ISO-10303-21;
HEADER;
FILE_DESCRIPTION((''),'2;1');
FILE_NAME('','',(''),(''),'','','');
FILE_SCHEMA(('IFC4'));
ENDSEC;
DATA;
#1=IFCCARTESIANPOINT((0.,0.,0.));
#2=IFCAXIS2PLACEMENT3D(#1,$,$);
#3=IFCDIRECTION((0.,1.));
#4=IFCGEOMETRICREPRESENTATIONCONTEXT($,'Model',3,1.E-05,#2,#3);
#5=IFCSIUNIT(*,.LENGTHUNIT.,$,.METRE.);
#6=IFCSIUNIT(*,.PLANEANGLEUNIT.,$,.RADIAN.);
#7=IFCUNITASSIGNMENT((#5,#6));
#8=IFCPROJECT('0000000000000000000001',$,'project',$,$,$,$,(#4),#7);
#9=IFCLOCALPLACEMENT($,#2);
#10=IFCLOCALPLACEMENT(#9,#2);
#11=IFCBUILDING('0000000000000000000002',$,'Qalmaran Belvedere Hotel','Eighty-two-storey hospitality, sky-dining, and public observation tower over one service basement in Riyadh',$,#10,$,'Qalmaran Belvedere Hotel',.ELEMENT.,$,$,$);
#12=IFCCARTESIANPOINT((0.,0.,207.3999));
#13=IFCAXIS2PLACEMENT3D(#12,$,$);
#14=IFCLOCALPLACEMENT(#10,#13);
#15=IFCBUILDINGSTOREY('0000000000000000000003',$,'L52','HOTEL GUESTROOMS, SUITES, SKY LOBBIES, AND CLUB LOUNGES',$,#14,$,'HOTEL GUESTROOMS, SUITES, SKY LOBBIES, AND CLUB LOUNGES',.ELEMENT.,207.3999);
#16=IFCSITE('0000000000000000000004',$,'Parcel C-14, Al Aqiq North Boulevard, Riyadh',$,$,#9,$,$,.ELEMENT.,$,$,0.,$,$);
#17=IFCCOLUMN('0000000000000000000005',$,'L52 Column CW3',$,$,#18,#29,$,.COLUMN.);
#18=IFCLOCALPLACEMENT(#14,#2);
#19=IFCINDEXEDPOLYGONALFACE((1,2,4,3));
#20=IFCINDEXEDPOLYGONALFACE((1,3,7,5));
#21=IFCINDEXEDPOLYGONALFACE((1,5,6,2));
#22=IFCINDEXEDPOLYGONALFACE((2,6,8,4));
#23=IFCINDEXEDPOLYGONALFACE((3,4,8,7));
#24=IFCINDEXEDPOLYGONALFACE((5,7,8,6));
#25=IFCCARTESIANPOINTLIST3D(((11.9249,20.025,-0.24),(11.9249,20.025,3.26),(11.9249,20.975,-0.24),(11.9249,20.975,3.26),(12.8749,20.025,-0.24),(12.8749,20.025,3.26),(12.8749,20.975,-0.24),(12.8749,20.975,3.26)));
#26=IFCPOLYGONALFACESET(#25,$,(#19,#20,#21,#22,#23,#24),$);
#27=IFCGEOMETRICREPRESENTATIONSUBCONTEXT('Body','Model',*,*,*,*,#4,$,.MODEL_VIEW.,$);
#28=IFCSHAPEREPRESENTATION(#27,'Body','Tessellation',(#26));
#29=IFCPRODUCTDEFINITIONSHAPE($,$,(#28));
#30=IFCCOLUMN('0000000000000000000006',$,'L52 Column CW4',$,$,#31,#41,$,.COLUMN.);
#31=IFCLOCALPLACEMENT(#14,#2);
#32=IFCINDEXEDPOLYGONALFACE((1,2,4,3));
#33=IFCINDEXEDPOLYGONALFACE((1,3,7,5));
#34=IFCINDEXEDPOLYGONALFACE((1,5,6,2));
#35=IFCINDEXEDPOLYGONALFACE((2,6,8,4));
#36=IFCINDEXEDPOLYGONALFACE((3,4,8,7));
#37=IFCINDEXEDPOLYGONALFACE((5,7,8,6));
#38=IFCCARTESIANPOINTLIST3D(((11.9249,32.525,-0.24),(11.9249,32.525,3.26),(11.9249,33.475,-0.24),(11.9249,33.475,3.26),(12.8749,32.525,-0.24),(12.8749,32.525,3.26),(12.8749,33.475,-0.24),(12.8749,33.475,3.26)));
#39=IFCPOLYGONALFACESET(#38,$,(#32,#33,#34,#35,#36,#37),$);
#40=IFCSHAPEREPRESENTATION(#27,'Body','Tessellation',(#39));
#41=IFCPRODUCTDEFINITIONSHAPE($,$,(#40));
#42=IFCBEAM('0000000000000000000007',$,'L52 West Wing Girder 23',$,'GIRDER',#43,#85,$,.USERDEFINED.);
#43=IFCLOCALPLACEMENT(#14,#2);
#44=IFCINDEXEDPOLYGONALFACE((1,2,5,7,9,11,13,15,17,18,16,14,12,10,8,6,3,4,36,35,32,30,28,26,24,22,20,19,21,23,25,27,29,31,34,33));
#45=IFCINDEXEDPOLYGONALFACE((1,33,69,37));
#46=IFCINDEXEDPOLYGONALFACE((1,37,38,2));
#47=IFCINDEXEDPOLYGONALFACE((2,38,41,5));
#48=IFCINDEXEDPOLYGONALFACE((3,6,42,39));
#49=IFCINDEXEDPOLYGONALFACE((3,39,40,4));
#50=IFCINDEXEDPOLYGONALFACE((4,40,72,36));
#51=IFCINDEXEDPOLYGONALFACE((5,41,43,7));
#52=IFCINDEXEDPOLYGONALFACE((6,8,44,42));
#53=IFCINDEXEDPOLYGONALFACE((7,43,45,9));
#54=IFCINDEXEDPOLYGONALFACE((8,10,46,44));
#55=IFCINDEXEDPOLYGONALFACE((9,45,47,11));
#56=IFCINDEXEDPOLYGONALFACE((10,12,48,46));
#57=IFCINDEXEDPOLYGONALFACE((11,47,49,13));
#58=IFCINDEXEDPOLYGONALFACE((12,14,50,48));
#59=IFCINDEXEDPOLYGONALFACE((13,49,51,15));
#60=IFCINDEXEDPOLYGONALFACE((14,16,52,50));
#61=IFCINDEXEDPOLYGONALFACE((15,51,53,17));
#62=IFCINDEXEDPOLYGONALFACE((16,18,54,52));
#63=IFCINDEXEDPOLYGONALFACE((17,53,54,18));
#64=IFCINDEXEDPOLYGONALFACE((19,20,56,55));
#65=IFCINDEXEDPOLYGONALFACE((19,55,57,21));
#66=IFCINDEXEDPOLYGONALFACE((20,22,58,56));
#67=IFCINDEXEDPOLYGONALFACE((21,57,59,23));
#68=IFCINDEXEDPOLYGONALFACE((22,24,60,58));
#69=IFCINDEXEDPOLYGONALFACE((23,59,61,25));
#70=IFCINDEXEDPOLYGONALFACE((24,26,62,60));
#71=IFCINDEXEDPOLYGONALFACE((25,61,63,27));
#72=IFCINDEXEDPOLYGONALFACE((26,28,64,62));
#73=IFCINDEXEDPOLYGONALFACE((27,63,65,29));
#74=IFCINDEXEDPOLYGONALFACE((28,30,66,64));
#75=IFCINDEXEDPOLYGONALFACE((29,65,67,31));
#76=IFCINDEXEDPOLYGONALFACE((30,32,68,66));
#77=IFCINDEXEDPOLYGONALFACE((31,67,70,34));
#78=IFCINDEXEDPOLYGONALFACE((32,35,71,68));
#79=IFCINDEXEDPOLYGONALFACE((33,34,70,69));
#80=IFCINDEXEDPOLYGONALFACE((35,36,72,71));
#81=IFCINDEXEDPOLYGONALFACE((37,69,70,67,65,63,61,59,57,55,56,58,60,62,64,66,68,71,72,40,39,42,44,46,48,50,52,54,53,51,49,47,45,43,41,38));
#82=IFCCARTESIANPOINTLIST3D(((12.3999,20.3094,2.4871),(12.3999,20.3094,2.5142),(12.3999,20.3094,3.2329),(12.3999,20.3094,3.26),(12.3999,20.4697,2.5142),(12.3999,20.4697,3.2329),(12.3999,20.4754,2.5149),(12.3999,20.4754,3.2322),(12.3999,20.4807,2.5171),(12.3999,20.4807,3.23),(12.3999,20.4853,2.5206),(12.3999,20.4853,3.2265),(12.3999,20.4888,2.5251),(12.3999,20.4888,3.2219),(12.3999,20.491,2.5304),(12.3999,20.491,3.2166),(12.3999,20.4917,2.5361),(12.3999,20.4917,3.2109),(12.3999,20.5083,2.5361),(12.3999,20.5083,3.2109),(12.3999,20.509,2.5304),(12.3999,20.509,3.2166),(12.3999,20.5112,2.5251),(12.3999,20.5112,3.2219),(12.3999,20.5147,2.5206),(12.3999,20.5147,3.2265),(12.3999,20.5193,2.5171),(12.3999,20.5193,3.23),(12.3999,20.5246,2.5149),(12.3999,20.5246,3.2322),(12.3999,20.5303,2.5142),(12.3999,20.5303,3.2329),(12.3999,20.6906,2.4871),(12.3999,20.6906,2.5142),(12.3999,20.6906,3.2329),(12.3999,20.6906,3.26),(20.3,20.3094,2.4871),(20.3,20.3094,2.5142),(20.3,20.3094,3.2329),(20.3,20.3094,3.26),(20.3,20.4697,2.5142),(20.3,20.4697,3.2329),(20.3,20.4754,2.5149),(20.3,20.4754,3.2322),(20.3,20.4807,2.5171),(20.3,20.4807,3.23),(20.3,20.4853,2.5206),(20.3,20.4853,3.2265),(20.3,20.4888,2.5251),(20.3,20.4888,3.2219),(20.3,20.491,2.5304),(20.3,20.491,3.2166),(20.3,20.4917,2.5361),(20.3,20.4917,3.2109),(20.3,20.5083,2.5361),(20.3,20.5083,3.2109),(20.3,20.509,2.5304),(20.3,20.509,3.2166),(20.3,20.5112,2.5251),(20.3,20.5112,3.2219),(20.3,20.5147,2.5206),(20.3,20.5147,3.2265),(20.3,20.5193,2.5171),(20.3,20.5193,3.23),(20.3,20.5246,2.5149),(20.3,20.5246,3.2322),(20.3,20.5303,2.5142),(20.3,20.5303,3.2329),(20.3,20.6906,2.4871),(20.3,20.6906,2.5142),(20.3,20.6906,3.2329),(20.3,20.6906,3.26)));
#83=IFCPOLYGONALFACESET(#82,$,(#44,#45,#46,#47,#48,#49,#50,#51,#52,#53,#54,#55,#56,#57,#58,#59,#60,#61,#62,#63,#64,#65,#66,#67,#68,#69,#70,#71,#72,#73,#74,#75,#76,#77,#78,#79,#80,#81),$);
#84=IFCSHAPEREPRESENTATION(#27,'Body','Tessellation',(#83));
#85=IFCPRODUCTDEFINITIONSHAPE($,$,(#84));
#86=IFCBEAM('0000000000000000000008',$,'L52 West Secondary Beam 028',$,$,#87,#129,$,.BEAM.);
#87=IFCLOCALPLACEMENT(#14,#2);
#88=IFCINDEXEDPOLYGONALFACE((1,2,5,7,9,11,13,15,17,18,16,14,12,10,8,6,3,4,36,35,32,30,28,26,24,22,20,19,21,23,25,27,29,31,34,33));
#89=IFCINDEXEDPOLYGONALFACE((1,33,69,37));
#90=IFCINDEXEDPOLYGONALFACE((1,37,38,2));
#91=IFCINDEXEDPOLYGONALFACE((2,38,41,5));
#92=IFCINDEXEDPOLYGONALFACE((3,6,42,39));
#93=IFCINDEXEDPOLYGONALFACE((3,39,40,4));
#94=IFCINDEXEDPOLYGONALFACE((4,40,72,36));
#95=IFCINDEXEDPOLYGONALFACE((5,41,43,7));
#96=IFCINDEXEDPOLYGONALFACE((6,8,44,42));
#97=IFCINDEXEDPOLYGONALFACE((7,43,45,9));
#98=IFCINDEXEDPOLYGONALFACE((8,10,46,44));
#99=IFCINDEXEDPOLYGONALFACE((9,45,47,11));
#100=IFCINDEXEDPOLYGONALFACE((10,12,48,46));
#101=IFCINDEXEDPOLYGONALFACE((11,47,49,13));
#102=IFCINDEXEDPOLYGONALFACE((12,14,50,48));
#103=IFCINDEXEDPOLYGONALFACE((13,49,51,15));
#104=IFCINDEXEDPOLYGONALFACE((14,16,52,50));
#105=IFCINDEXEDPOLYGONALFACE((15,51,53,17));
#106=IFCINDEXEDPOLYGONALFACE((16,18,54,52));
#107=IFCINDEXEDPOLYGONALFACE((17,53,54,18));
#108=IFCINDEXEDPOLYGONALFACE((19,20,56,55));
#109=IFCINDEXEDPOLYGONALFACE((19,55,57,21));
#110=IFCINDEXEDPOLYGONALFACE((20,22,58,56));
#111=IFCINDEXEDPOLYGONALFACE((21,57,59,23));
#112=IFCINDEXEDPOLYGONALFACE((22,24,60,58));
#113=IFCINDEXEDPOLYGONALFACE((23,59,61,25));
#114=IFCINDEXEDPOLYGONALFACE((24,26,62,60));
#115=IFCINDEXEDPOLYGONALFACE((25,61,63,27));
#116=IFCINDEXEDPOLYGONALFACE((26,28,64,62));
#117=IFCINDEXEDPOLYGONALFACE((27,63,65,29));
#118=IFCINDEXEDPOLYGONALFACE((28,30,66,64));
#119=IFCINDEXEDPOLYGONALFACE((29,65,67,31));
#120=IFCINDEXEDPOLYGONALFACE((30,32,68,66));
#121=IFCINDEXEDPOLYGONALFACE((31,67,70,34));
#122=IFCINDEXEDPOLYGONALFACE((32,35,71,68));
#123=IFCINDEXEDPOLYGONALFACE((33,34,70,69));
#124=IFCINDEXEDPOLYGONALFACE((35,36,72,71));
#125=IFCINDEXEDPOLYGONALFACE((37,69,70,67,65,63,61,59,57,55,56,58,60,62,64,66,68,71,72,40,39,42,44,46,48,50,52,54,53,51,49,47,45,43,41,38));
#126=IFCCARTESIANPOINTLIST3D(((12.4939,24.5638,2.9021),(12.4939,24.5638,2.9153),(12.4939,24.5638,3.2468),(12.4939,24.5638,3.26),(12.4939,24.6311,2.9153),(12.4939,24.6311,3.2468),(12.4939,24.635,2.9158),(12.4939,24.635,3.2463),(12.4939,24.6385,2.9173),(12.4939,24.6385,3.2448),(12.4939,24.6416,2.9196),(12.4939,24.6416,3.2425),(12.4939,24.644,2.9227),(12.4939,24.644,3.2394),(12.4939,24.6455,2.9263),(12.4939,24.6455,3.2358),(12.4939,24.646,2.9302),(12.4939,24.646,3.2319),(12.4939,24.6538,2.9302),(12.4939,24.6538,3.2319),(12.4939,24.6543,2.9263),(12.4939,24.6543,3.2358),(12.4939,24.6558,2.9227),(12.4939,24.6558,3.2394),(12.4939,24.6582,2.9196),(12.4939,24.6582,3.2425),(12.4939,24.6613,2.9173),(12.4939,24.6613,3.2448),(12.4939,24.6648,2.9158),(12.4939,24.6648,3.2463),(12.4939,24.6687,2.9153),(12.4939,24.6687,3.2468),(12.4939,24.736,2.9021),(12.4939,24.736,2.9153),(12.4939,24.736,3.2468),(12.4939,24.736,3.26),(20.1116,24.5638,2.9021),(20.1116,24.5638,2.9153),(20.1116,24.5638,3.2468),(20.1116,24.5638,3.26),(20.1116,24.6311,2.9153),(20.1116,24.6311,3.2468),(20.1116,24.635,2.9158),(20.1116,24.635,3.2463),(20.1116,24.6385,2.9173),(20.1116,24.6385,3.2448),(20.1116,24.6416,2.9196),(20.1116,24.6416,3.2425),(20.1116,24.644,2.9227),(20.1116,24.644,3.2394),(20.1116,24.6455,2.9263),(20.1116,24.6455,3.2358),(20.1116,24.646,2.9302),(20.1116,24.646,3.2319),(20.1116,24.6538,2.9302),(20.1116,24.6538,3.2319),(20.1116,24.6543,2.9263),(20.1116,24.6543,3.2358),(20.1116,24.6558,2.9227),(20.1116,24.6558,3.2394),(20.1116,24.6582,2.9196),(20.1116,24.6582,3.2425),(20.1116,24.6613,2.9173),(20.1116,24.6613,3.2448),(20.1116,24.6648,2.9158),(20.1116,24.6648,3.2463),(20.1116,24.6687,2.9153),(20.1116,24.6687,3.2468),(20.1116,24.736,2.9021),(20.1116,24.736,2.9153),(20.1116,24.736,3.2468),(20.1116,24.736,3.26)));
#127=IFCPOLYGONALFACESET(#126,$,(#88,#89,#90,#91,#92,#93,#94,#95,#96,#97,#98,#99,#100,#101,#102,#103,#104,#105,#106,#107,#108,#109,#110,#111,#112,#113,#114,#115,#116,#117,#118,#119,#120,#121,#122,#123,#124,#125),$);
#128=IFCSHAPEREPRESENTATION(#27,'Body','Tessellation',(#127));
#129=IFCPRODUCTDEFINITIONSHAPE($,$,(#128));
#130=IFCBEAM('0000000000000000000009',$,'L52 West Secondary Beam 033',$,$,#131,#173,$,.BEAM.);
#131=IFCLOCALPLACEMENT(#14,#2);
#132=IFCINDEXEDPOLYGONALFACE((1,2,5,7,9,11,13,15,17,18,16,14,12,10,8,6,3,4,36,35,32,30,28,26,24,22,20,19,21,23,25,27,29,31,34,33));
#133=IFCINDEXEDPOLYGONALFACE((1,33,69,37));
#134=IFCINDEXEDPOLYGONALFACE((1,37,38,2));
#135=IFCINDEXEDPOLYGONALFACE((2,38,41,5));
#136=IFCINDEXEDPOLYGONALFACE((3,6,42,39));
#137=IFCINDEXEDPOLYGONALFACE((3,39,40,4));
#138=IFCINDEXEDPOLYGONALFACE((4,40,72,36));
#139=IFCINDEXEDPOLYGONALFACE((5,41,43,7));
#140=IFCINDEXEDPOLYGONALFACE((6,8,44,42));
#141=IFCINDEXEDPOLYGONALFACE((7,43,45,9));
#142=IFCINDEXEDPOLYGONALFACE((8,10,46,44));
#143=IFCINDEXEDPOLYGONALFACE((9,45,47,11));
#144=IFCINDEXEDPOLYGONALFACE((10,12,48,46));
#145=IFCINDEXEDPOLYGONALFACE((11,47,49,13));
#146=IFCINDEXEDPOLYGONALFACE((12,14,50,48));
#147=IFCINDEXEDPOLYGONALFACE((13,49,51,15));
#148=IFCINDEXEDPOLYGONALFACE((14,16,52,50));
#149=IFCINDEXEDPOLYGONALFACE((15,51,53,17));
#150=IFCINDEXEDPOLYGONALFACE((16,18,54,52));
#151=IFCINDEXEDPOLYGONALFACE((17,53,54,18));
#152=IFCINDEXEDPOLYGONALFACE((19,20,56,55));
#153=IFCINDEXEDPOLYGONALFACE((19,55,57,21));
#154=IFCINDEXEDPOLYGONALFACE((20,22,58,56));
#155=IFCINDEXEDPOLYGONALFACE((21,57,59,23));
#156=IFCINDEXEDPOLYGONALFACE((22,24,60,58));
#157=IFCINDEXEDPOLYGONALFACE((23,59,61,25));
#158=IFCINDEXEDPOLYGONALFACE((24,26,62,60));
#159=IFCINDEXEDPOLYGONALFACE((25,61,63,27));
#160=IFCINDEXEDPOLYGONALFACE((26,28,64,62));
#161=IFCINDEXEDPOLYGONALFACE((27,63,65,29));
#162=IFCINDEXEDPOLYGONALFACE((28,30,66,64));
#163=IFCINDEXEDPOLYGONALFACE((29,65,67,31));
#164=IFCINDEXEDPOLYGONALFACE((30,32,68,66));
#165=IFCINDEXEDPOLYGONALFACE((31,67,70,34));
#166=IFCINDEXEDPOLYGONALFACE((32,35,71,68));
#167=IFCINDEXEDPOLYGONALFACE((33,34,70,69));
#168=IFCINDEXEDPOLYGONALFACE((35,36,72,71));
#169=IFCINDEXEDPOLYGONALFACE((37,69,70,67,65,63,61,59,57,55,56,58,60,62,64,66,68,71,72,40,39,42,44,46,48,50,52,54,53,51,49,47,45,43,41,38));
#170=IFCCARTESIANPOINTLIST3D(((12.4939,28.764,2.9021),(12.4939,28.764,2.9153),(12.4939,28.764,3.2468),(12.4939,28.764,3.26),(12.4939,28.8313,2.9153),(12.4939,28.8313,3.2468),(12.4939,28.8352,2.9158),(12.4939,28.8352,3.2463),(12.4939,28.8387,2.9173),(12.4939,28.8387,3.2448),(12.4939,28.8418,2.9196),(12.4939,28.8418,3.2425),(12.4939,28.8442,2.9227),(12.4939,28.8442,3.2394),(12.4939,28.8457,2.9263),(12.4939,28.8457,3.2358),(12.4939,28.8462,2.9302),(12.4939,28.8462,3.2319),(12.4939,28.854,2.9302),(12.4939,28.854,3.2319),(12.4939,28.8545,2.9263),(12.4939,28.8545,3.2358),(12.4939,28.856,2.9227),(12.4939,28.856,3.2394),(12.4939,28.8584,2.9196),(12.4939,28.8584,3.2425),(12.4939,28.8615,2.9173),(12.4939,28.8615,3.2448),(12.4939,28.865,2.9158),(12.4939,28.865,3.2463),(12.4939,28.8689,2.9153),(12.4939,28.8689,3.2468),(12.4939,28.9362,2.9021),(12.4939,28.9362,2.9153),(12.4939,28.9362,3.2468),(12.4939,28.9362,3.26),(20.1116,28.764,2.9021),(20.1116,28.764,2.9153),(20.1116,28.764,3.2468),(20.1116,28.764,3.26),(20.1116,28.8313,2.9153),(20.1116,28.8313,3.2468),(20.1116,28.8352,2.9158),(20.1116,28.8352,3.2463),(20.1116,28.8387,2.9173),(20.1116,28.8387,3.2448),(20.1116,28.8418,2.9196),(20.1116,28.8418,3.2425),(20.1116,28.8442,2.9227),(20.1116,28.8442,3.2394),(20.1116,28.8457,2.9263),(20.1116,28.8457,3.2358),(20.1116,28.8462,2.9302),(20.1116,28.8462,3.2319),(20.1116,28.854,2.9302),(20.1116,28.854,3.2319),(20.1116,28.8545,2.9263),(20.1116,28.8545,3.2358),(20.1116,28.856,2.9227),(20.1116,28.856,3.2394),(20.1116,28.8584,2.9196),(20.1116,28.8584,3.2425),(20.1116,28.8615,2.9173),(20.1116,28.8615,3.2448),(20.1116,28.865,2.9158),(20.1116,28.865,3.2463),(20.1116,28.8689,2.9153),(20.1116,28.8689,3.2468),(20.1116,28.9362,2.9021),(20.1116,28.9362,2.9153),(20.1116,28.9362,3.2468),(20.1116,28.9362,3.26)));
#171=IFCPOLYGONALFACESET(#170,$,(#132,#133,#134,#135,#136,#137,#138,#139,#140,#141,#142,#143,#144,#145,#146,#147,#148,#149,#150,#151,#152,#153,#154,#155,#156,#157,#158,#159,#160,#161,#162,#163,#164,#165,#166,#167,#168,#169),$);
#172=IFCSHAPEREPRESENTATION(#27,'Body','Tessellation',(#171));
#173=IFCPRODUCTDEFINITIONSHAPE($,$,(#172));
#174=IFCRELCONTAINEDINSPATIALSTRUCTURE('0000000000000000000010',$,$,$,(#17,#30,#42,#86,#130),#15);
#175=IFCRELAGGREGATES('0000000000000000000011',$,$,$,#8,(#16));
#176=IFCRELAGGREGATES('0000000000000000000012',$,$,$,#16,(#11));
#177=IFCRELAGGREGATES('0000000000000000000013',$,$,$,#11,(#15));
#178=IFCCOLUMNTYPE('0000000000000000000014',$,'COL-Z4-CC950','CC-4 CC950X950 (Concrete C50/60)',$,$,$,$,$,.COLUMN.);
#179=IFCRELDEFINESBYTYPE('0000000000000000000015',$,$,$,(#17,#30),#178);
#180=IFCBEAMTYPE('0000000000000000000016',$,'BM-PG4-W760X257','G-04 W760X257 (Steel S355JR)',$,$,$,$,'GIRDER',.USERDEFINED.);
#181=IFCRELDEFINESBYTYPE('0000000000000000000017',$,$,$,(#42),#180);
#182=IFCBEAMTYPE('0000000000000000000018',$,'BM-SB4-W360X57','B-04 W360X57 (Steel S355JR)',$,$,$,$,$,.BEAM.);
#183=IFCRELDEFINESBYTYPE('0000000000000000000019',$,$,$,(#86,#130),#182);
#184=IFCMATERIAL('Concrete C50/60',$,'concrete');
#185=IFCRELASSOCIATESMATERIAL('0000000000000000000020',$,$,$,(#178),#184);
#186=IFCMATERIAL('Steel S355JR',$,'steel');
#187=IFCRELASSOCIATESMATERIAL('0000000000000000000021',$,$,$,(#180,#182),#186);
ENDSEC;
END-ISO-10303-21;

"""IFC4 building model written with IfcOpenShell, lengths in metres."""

from ifc_helpers import new_model, si_unit, direction, frame, origin, origin_2d, place, context, subcontext, project, spatial, rectangle, i_section, extrude, material, material_profile, profile_set, type_object, element, save


model = new_model("IFC4")

# Units and contexts
model_context = context("Model", 3, precision=1e-05, world=origin(), true_north=direction((0.0, 1.0)))
body_context = subcontext(model_context, "Body", "Model", "MODEL_VIEW")
ifc_project = project(units=[si_unit("LENGTHUNIT", "METRE"), si_unit("PLANEANGLEUNIT", "RADIAN")], contexts=[model_context])

# Site, building, storey
site_placement = place(None, origin())
site = spatial("IfcSite", under=ifc_project, at=site_placement, Name="Parcel C-14, Al Aqiq North Boulevard, Riyadh", CompositionType="ELEMENT", RefElevation=0.0)
building_placement = place(site_placement, origin())
building = spatial("IfcBuilding", under=site, at=building_placement, Name="Qalmaran Belvedere Hotel", Description="Eighty-two-storey hospitality, sky-dining, and public observation tower over one service basement in Riyadh", LongName="Qalmaran Belvedere Hotel", CompositionType="ELEMENT")
storey_placement = place(building_placement, frame((0.0, 0.0, 207.3999)))
storey = spatial("IfcBuildingStorey", under=building, at=storey_placement, Name="L52", Description="HOTEL GUESTROOMS, SUITES, SKY LOBBIES, AND CLUB LOUNGES", LongName="HOTEL GUESTROOMS, SUITES, SKY LOBBIES, AND CLUB LOUNGES", CompositionType="ELEMENT", Elevation=207.3999)

# Columns
ifc_material_1 = material(Name="Concrete C50/60", Category="concrete")
ifc_material_profile_1 = material_profile(ifc_material_1, rectangle(XDim=0.95, YDim=0.95, at=origin_2d()), Name="CC950X950")
ifc_profile_set_1 = profile_set([ifc_material_profile_1], Name="Concrete C50/60")
column_type = type_object("IfcColumnType", Name="COL-Z4-CC950", Description="CC-4 CC950X950 (Concrete C50/60)", PredefinedType="COLUMN", material=ifc_profile_set_1)
for number, where, z_axis, x_axis, name in (
    (1, (12.3999, 20.5, -0.24), (0.0, 0.0, 1.0), (1.0, 0.0, 0.0), "L52 Column CW3"),
    (2, (12.3999, 33.0, -0.24), (0.0, 0.0, 1.0), (1.0, 0.0, 0.0), "L52 Column CW4"),
):
    element("IfcColumn", number, at=place(storey_placement, frame(where, z_axis=z_axis, x_axis=x_axis)), inside=storey, type_object=column_type, Name=name, PredefinedType="COLUMN", context=body_context, shape_type="SweptSolid", body=[
        extrude(rectangle(XDim=0.95, YDim=0.95, at=origin_2d()), origin(), (0.0, 0.0, 1.0), 3.5),
    ])

# Beams
ifc_material_2 = material(Name="Steel S355JR", Category="steel")
ifc_material_profile_2 = material_profile(ifc_material_2, i_section(OverallWidth=0.3811, OverallDepth=0.7729, WebThickness=0.0166, FlangeThickness=0.0271, FilletRadius=0.022, at=origin_2d()), Name="W760X257")
ifc_profile_set_2 = profile_set([ifc_material_profile_2], Name="Steel S355JR")
beam_type_1 = type_object("IfcBeamType", Name="BM-PG4-W760X257", Description="G-04 W760X257 (Steel S355JR)", ElementType="GIRDER", PredefinedType="USERDEFINED", material=ifc_profile_set_2)
beam_1_placement = place(storey_placement, frame((12.3999, 20.5, 2.8735), z_axis=(1.0, 0.0, 0.0), x_axis=(0.0, 1.0, 0.0)))
element("IfcBeam", 3, at=beam_1_placement, inside=storey, type_object=beam_type_1, Name="L52 West Wing Girder 23", ObjectType="GIRDER", PredefinedType="USERDEFINED", context=body_context, shape_type="SweptSolid", body=[
    extrude(i_section(OverallWidth=0.3811, OverallDepth=0.7729, WebThickness=0.0166, FlangeThickness=0.0271, FilletRadius=0.022, at=origin_2d()), origin(), (0.0, 0.0, 1.0), 7.9001),
])
ifc_material_profile_3 = material_profile(ifc_material_2, i_section(OverallWidth=0.1721, OverallDepth=0.3579, WebThickness=0.0078, FlangeThickness=0.0132, FilletRadius=0.0149, at=origin_2d()), Name="W360X57")
ifc_profile_set_3 = profile_set([ifc_material_profile_3], Name="Steel S355JR")
beam_type_2 = type_object("IfcBeamType", Name="BM-SB4-W360X57", Description="B-04 W360X57 (Steel S355JR)", PredefinedType="BEAM", material=ifc_profile_set_3)
for number, where, z_axis, x_axis, name in (
    (4, (12.4939, 24.6499, 3.0811), (1.0, 0.0, 0.0), (0.0, 1.0, 0.0), "L52 West Secondary Beam 028"),
    (5, (12.4939, 28.8501, 3.0811), (1.0, 0.0, 0.0), (0.0, 1.0, 0.0), "L52 West Secondary Beam 033"),
):
    element("IfcBeam", number, at=place(storey_placement, frame(where, z_axis=z_axis, x_axis=x_axis)), inside=storey, type_object=beam_type_2, Name=name, PredefinedType="BEAM", context=body_context, shape_type="SweptSolid", body=[
        extrude(i_section(OverallWidth=0.1721, OverallDepth=0.3579, WebThickness=0.0078, FlangeThickness=0.0132, FilletRadius=0.0149, at=origin_2d()), origin(), (0.0, 0.0, 1.0), 7.6177),
    ])

save(model, "model.ifc")
